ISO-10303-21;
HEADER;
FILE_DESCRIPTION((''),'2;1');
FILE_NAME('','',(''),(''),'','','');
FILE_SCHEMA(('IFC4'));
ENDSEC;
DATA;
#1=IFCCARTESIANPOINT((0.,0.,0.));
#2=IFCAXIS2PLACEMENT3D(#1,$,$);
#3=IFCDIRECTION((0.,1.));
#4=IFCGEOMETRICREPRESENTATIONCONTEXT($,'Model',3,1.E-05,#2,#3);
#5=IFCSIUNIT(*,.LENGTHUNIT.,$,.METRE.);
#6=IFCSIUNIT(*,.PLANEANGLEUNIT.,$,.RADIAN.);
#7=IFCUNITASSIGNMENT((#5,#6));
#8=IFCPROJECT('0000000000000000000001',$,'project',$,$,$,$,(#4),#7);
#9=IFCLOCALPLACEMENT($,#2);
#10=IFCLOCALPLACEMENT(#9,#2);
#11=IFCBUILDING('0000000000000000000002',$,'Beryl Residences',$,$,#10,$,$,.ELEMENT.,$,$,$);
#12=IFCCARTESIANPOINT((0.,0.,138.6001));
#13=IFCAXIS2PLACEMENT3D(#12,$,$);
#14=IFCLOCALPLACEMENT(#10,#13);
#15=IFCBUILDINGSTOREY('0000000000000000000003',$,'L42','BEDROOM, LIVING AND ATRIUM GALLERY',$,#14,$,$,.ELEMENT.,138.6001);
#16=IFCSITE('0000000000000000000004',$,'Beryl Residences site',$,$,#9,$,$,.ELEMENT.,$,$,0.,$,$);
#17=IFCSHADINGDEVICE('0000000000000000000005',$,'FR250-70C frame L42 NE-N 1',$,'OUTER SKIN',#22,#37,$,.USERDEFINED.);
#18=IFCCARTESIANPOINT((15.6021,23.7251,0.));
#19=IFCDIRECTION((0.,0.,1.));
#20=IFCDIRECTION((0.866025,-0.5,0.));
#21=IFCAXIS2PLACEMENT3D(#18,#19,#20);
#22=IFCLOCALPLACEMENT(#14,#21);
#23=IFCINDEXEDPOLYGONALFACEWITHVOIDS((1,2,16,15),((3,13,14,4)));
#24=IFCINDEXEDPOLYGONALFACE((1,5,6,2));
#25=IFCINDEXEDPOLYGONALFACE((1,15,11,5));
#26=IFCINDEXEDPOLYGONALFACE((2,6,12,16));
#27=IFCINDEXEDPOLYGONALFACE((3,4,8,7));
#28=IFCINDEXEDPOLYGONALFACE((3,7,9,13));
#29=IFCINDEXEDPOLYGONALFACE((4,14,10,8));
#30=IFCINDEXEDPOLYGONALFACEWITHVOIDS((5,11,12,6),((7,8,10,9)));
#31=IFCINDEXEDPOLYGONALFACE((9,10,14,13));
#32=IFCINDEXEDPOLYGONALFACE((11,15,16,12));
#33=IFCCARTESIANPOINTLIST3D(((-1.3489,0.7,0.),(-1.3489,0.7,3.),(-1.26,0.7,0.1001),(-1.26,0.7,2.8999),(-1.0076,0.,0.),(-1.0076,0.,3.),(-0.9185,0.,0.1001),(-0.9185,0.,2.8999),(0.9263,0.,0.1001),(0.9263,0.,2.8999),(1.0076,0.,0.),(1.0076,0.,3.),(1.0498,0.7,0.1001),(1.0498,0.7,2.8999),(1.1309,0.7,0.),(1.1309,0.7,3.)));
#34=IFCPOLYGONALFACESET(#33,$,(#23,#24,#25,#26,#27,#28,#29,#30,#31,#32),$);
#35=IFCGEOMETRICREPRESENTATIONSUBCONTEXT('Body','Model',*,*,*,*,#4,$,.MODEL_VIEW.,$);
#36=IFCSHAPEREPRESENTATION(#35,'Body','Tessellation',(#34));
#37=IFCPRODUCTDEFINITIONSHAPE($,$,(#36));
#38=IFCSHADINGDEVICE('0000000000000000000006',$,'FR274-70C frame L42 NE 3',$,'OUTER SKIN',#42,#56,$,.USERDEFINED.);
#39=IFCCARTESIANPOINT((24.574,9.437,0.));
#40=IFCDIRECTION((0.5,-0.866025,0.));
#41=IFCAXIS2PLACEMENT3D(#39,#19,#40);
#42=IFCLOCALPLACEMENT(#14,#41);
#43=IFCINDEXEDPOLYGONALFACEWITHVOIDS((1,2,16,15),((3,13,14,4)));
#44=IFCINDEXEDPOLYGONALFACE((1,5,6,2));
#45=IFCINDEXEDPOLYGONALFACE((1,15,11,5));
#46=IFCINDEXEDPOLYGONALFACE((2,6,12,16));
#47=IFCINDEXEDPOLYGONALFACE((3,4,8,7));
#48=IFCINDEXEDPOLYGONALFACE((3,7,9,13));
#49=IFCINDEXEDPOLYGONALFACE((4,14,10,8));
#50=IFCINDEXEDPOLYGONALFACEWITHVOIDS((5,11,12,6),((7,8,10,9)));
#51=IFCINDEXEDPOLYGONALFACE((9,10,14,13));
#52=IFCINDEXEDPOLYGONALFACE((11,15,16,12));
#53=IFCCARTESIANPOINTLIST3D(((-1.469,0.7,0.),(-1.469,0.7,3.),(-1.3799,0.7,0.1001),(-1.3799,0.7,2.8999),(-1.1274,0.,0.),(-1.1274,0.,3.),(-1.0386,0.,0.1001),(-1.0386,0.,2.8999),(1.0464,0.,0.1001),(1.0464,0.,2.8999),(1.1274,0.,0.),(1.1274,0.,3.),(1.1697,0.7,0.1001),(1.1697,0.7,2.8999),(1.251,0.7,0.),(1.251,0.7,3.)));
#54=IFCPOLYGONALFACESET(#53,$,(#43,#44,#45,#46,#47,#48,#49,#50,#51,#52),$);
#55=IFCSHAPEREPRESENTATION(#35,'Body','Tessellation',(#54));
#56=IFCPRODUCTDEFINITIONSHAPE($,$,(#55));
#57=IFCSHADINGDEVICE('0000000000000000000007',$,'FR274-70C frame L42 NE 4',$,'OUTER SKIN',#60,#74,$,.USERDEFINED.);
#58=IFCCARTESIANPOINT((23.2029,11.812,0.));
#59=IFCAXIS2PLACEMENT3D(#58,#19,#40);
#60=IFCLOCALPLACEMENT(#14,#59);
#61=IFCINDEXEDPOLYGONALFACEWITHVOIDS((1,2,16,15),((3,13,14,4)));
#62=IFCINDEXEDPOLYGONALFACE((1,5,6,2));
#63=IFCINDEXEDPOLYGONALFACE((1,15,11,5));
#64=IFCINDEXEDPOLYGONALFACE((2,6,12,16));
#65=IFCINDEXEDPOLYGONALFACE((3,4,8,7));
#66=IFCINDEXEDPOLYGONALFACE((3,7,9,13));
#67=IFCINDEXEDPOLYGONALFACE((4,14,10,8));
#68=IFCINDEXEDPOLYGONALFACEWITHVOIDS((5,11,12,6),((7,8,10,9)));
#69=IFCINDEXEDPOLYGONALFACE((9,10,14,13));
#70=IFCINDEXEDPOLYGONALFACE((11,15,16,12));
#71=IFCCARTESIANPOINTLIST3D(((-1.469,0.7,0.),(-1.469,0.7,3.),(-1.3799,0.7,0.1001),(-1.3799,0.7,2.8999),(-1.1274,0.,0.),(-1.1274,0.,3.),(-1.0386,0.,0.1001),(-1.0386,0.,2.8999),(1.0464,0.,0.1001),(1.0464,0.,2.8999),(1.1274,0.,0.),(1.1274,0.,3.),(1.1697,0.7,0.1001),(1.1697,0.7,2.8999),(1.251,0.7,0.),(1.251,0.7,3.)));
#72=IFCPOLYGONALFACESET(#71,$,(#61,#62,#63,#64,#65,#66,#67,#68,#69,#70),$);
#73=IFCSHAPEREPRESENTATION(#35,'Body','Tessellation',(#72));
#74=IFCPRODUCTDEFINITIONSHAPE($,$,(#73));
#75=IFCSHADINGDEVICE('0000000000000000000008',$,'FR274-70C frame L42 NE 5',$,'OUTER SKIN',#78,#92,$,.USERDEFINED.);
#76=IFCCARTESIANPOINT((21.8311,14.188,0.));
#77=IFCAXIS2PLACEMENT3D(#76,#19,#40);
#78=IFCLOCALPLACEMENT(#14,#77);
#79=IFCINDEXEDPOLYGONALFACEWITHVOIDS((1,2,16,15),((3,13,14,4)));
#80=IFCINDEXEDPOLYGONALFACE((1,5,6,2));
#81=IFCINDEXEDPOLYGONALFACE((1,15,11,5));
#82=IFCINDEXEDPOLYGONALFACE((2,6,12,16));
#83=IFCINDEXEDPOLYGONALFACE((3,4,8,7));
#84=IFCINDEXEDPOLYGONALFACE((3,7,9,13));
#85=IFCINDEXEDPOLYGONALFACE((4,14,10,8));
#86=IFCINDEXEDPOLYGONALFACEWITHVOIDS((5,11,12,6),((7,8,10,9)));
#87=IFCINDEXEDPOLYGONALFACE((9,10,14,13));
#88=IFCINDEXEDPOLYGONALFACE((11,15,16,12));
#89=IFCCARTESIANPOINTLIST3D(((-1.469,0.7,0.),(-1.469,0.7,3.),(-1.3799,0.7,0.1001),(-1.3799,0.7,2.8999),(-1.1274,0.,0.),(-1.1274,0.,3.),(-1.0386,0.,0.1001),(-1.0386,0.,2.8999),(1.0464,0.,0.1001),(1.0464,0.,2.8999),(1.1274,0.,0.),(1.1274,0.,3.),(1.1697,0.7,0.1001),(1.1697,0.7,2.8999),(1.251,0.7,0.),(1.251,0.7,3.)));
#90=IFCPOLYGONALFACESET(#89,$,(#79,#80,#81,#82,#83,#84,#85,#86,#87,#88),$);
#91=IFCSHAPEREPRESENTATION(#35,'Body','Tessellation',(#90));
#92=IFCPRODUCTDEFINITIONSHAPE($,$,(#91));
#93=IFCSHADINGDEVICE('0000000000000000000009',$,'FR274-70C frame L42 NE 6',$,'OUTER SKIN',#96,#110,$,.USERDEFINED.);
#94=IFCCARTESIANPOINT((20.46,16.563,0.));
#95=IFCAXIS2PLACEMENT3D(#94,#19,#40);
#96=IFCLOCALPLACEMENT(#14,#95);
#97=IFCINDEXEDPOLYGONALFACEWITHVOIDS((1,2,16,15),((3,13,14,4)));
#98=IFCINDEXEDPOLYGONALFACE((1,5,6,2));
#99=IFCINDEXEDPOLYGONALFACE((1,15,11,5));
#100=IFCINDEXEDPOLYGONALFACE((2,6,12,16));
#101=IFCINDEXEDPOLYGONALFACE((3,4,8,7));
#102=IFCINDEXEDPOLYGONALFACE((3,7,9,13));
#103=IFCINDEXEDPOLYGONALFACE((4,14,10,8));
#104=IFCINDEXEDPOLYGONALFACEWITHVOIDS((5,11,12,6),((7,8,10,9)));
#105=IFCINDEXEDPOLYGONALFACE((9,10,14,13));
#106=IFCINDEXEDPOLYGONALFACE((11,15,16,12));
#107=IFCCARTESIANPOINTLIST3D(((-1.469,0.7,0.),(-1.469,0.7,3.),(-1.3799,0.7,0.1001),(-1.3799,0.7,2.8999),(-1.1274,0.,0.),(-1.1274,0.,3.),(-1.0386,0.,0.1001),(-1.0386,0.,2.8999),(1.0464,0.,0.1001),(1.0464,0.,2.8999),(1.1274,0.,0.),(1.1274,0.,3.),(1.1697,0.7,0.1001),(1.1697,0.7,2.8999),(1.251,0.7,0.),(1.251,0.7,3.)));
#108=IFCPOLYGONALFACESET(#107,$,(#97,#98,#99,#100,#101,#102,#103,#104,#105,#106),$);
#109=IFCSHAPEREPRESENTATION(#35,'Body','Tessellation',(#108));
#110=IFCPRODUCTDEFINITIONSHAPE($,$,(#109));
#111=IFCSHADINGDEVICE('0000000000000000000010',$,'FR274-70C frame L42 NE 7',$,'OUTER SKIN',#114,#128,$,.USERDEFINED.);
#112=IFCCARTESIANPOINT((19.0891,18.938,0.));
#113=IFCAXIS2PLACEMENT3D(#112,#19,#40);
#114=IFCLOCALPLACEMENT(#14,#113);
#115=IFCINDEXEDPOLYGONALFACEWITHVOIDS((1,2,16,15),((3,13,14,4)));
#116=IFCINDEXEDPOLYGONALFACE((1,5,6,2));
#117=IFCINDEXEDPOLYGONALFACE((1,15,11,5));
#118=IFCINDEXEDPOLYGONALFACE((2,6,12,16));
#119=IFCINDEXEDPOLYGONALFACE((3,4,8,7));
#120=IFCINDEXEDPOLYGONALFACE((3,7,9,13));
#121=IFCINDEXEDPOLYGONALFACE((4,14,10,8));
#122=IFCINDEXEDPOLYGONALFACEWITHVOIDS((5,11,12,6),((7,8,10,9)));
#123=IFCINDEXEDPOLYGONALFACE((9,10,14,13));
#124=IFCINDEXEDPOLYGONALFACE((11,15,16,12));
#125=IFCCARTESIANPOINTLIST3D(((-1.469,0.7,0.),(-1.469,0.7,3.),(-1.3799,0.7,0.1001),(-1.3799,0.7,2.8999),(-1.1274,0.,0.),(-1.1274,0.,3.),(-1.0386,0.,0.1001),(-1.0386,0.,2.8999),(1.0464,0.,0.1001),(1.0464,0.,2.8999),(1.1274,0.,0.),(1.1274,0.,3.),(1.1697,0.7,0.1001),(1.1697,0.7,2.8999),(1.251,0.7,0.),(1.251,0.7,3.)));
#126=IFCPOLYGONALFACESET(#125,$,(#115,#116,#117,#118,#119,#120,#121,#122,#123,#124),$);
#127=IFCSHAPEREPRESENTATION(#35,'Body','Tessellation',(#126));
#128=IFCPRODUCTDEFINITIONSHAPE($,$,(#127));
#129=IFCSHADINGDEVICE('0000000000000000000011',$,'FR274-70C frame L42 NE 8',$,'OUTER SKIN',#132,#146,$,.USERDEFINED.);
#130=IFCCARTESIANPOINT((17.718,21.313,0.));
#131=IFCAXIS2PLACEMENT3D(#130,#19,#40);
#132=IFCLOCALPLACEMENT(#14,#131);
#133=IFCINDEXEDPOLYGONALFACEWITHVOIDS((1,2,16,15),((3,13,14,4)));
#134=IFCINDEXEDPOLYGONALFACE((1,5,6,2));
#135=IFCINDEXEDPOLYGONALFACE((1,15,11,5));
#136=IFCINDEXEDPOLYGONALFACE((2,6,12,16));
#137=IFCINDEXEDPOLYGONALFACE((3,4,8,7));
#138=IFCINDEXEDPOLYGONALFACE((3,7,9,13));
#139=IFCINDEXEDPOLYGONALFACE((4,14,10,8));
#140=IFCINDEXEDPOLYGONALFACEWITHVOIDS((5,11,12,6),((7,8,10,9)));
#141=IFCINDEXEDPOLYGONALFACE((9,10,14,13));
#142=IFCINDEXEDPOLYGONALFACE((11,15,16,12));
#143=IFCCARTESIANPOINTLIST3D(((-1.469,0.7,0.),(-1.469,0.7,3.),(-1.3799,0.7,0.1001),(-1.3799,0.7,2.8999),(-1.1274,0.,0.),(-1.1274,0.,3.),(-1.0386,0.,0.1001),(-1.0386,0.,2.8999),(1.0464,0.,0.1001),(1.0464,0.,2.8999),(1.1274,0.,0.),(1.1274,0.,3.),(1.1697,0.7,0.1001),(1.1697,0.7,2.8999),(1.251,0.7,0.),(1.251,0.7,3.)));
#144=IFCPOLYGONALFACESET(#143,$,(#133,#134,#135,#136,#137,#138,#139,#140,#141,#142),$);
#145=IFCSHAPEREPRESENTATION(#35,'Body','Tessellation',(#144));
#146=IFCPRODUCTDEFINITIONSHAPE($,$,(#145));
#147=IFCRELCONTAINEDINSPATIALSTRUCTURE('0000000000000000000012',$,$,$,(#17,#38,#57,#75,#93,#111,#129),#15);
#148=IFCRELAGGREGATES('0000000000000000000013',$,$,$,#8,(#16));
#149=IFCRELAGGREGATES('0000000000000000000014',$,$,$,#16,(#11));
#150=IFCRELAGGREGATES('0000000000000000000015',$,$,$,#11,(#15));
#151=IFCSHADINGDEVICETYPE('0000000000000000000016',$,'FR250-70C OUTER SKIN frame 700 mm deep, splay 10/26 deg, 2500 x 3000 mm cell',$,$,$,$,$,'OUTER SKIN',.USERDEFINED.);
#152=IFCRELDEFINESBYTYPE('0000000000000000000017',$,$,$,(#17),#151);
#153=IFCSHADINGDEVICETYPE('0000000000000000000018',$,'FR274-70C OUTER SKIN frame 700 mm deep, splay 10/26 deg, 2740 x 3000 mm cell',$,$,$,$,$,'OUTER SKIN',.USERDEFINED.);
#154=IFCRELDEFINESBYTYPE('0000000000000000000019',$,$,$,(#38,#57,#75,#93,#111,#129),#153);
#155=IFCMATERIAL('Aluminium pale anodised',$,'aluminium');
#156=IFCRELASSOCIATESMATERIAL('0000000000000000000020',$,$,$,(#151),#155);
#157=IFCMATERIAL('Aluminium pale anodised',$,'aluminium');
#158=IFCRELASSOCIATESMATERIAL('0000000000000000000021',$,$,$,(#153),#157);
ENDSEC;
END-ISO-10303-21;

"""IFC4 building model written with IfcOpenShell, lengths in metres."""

from ifc_helpers import new_model, entity, si_unit, direction, frame, origin, place, context, subcontext, project, spatial, source, transform, mapped, material, type_object, type_shapes, element, save


model = new_model("IFC4")

# Units and contexts
model_context = context("Model", 3, precision=1e-05, world=origin(), true_north=direction((0.0, 1.0)))
body_context = subcontext(model_context, "Body", "Model", "MODEL_VIEW")
ifc_project = project(units=[si_unit("LENGTHUNIT", "METRE"), si_unit("PLANEANGLEUNIT", "RADIAN")], contexts=[model_context])

# Site, building, storey
site_placement = place(None, origin())
site = spatial("IfcSite", under=ifc_project, at=site_placement, Name="Beryl Residences site", CompositionType="ELEMENT", RefElevation=0.0)
building_placement = place(site_placement, origin())
building = spatial("IfcBuilding", under=site, at=building_placement, Name="Beryl Residences", CompositionType="ELEMENT")
storey_placement = place(building_placement, frame((0.0, 0.0, 138.6001)))
storey = spatial("IfcBuildingStorey", under=building, at=storey_placement, Name="L42", Description="BEDROOM, LIVING AND ATRIUM GALLERY", CompositionType="ELEMENT", Elevation=138.6001)

# Shading devices
ifc_material_1 = material(Name="Aluminium pale anodised", Category="aluminium")
shading_device_type_1 = type_object("IfcShadingDeviceType", Name="FR250-70C OUTER SKIN frame 700 mm deep, splay 10/26 deg, 2500 x 3000 mm cell", ElementType="OUTER SKIN", PredefinedType="USERDEFINED", material=ifc_material_1)
cartesian_point_1 = entity("IfcCartesianPoint", [-1.0076, 0.0])
cartesian_point_2 = entity("IfcCartesianPoint", [-0.9263, 0.1001])
cartesian_point_3 = entity("IfcCartesianPoint", [-1.1309, 0.0])
cartesian_point_4 = entity("IfcCartesianPoint", [-1.0498, 0.1001])
shared_shape_1 = source(origin(), body_context, "Body", "SweptSolid", [
    entity("IfcExtrudedAreaSolidTapered", entity("IfcArbitraryProfileDefWithVoids", "AREA", None, entity("IfcPolyline", [cartesian_point_1, entity("IfcCartesianPoint", [1.0076, 0.0]), entity("IfcCartesianPoint", [1.0076, 3.0]), entity("IfcCartesianPoint", [-1.0076, 3.0]), cartesian_point_1]), [entity("IfcPolyline", [cartesian_point_2, entity("IfcCartesianPoint", [0.9185, 0.1001]), entity("IfcCartesianPoint", [0.9185, 2.8999]), entity("IfcCartesianPoint", [-0.9263, 2.8999]), cartesian_point_2])]), entity("IfcAxis2Placement3D", entity("IfcCartesianPoint", [0.0, 0.0, 0.0]), entity("IfcDirection", [0.0, 1.0, 0.0]), entity("IfcDirection", [-1.0, 0.0, 0.0])), entity("IfcDirection", [0.0, 0.0, 1.0]), 0.7, entity("IfcArbitraryProfileDefWithVoids", "AREA", None, entity("IfcPolyline", [cartesian_point_3, entity("IfcCartesianPoint", [1.3489, 0.0]), entity("IfcCartesianPoint", [1.3489, 3.0]), entity("IfcCartesianPoint", [-1.1309, 3.0]), cartesian_point_3]), [entity("IfcPolyline", [cartesian_point_4, entity("IfcCartesianPoint", [1.26, 0.1001]), entity("IfcCartesianPoint", [1.26, 2.8999]), entity("IfcCartesianPoint", [-1.0498, 2.8999]), cartesian_point_4])])),
])
type_shapes(shading_device_type_1, [shared_shape_1])
shading_device_placement = place(storey_placement, frame((15.6021, 23.7251, 0.0), z_axis=(0.0, 0.0, 1.0), x_axis=(0.866025, -0.5, 0.0)))
element("IfcShadingDevice", 1, at=shading_device_placement, inside=storey, type_object=shading_device_type_1, Name="FR250-70C frame L42 NE-N 1", ObjectType="OUTER SKIN", PredefinedType="USERDEFINED", context=body_context, shape_type="MappedRepresentation", body=[
    mapped(shared_shape_1, transform((0.0, 0.0, 0.0))),
])
ifc_material_2 = material(Name="Aluminium pale anodised", Category="aluminium")
shading_device_type_2 = type_object("IfcShadingDeviceType", Name="FR274-70C OUTER SKIN frame 700 mm deep, splay 10/26 deg, 2740 x 3000 mm cell", ElementType="OUTER SKIN", PredefinedType="USERDEFINED", material=ifc_material_2)
cartesian_point_5 = entity("IfcCartesianPoint", [-1.1274, 0.0])
cartesian_point_6 = entity("IfcCartesianPoint", [-1.0464, 0.1001])
cartesian_point_7 = entity("IfcCartesianPoint", [-1.251, 0.0])
cartesian_point_8 = entity("IfcCartesianPoint", [-1.1697, 0.1001])
shared_shape_2 = source(origin(), body_context, "Body", "SweptSolid", [
    entity("IfcExtrudedAreaSolidTapered", entity("IfcArbitraryProfileDefWithVoids", "AREA", None, entity("IfcPolyline", [cartesian_point_5, entity("IfcCartesianPoint", [1.1274, 0.0]), entity("IfcCartesianPoint", [1.1274, 3.0]), entity("IfcCartesianPoint", [-1.1274, 3.0]), cartesian_point_5]), [entity("IfcPolyline", [cartesian_point_6, entity("IfcCartesianPoint", [1.0386, 0.1001]), entity("IfcCartesianPoint", [1.0386, 2.8999]), entity("IfcCartesianPoint", [-1.0464, 2.8999]), cartesian_point_6])]), entity("IfcAxis2Placement3D", entity("IfcCartesianPoint", [0.0, 0.0, 0.0]), entity("IfcDirection", [0.0, 1.0, 0.0]), entity("IfcDirection", [-1.0, 0.0, 0.0])), entity("IfcDirection", [0.0, 0.0, 1.0]), 0.7, entity("IfcArbitraryProfileDefWithVoids", "AREA", None, entity("IfcPolyline", [cartesian_point_7, entity("IfcCartesianPoint", [1.469, 0.0]), entity("IfcCartesianPoint", [1.469, 3.0]), entity("IfcCartesianPoint", [-1.251, 3.0]), cartesian_point_7]), [entity("IfcPolyline", [cartesian_point_8, entity("IfcCartesianPoint", [1.3799, 0.1001]), entity("IfcCartesianPoint", [1.3799, 2.8999]), entity("IfcCartesianPoint", [-1.1697, 2.8999]), cartesian_point_8])])),
])
type_shapes(shading_device_type_2, [shared_shape_2])
for number, where, z_axis, x_axis, name in (
    (2, (24.574, 9.437, 0.0), (0.0, 0.0, 1.0), (0.5, -0.866025, 0.0), "FR274-70C frame L42 NE 3"),
    (3, (23.2029, 11.812, 0.0), (0.0, 0.0, 1.0), (0.5, -0.866025, 0.0), "FR274-70C frame L42 NE 4"),
    (4, (21.8311, 14.188, 0.0), (0.0, 0.0, 1.0), (0.5, -0.866025, 0.0), "FR274-70C frame L42 NE 5"),
    (5, (20.46, 16.563, 0.0), (0.0, 0.0, 1.0), (0.5, -0.866025, 0.0), "FR274-70C frame L42 NE 6"),
    (6, (19.0891, 18.938, 0.0), (0.0, 0.0, 1.0), (0.5, -0.866025, 0.0), "FR274-70C frame L42 NE 7"),
    (7, (17.718, 21.313, 0.0), (0.0, 0.0, 1.0), (0.5, -0.866025, 0.0), "FR274-70C frame L42 NE 8"),
):
    element("IfcShadingDevice", number, at=place(storey_placement, frame(where, z_axis=z_axis, x_axis=x_axis)), inside=storey, type_object=shading_device_type_2, Name=name, ObjectType="OUTER SKIN", PredefinedType="USERDEFINED", context=body_context, shape_type="MappedRepresentation", body=[
        mapped(shared_shape_2, transform((0.0, 0.0, 0.0))),
    ])

save(model, "model.ifc")
